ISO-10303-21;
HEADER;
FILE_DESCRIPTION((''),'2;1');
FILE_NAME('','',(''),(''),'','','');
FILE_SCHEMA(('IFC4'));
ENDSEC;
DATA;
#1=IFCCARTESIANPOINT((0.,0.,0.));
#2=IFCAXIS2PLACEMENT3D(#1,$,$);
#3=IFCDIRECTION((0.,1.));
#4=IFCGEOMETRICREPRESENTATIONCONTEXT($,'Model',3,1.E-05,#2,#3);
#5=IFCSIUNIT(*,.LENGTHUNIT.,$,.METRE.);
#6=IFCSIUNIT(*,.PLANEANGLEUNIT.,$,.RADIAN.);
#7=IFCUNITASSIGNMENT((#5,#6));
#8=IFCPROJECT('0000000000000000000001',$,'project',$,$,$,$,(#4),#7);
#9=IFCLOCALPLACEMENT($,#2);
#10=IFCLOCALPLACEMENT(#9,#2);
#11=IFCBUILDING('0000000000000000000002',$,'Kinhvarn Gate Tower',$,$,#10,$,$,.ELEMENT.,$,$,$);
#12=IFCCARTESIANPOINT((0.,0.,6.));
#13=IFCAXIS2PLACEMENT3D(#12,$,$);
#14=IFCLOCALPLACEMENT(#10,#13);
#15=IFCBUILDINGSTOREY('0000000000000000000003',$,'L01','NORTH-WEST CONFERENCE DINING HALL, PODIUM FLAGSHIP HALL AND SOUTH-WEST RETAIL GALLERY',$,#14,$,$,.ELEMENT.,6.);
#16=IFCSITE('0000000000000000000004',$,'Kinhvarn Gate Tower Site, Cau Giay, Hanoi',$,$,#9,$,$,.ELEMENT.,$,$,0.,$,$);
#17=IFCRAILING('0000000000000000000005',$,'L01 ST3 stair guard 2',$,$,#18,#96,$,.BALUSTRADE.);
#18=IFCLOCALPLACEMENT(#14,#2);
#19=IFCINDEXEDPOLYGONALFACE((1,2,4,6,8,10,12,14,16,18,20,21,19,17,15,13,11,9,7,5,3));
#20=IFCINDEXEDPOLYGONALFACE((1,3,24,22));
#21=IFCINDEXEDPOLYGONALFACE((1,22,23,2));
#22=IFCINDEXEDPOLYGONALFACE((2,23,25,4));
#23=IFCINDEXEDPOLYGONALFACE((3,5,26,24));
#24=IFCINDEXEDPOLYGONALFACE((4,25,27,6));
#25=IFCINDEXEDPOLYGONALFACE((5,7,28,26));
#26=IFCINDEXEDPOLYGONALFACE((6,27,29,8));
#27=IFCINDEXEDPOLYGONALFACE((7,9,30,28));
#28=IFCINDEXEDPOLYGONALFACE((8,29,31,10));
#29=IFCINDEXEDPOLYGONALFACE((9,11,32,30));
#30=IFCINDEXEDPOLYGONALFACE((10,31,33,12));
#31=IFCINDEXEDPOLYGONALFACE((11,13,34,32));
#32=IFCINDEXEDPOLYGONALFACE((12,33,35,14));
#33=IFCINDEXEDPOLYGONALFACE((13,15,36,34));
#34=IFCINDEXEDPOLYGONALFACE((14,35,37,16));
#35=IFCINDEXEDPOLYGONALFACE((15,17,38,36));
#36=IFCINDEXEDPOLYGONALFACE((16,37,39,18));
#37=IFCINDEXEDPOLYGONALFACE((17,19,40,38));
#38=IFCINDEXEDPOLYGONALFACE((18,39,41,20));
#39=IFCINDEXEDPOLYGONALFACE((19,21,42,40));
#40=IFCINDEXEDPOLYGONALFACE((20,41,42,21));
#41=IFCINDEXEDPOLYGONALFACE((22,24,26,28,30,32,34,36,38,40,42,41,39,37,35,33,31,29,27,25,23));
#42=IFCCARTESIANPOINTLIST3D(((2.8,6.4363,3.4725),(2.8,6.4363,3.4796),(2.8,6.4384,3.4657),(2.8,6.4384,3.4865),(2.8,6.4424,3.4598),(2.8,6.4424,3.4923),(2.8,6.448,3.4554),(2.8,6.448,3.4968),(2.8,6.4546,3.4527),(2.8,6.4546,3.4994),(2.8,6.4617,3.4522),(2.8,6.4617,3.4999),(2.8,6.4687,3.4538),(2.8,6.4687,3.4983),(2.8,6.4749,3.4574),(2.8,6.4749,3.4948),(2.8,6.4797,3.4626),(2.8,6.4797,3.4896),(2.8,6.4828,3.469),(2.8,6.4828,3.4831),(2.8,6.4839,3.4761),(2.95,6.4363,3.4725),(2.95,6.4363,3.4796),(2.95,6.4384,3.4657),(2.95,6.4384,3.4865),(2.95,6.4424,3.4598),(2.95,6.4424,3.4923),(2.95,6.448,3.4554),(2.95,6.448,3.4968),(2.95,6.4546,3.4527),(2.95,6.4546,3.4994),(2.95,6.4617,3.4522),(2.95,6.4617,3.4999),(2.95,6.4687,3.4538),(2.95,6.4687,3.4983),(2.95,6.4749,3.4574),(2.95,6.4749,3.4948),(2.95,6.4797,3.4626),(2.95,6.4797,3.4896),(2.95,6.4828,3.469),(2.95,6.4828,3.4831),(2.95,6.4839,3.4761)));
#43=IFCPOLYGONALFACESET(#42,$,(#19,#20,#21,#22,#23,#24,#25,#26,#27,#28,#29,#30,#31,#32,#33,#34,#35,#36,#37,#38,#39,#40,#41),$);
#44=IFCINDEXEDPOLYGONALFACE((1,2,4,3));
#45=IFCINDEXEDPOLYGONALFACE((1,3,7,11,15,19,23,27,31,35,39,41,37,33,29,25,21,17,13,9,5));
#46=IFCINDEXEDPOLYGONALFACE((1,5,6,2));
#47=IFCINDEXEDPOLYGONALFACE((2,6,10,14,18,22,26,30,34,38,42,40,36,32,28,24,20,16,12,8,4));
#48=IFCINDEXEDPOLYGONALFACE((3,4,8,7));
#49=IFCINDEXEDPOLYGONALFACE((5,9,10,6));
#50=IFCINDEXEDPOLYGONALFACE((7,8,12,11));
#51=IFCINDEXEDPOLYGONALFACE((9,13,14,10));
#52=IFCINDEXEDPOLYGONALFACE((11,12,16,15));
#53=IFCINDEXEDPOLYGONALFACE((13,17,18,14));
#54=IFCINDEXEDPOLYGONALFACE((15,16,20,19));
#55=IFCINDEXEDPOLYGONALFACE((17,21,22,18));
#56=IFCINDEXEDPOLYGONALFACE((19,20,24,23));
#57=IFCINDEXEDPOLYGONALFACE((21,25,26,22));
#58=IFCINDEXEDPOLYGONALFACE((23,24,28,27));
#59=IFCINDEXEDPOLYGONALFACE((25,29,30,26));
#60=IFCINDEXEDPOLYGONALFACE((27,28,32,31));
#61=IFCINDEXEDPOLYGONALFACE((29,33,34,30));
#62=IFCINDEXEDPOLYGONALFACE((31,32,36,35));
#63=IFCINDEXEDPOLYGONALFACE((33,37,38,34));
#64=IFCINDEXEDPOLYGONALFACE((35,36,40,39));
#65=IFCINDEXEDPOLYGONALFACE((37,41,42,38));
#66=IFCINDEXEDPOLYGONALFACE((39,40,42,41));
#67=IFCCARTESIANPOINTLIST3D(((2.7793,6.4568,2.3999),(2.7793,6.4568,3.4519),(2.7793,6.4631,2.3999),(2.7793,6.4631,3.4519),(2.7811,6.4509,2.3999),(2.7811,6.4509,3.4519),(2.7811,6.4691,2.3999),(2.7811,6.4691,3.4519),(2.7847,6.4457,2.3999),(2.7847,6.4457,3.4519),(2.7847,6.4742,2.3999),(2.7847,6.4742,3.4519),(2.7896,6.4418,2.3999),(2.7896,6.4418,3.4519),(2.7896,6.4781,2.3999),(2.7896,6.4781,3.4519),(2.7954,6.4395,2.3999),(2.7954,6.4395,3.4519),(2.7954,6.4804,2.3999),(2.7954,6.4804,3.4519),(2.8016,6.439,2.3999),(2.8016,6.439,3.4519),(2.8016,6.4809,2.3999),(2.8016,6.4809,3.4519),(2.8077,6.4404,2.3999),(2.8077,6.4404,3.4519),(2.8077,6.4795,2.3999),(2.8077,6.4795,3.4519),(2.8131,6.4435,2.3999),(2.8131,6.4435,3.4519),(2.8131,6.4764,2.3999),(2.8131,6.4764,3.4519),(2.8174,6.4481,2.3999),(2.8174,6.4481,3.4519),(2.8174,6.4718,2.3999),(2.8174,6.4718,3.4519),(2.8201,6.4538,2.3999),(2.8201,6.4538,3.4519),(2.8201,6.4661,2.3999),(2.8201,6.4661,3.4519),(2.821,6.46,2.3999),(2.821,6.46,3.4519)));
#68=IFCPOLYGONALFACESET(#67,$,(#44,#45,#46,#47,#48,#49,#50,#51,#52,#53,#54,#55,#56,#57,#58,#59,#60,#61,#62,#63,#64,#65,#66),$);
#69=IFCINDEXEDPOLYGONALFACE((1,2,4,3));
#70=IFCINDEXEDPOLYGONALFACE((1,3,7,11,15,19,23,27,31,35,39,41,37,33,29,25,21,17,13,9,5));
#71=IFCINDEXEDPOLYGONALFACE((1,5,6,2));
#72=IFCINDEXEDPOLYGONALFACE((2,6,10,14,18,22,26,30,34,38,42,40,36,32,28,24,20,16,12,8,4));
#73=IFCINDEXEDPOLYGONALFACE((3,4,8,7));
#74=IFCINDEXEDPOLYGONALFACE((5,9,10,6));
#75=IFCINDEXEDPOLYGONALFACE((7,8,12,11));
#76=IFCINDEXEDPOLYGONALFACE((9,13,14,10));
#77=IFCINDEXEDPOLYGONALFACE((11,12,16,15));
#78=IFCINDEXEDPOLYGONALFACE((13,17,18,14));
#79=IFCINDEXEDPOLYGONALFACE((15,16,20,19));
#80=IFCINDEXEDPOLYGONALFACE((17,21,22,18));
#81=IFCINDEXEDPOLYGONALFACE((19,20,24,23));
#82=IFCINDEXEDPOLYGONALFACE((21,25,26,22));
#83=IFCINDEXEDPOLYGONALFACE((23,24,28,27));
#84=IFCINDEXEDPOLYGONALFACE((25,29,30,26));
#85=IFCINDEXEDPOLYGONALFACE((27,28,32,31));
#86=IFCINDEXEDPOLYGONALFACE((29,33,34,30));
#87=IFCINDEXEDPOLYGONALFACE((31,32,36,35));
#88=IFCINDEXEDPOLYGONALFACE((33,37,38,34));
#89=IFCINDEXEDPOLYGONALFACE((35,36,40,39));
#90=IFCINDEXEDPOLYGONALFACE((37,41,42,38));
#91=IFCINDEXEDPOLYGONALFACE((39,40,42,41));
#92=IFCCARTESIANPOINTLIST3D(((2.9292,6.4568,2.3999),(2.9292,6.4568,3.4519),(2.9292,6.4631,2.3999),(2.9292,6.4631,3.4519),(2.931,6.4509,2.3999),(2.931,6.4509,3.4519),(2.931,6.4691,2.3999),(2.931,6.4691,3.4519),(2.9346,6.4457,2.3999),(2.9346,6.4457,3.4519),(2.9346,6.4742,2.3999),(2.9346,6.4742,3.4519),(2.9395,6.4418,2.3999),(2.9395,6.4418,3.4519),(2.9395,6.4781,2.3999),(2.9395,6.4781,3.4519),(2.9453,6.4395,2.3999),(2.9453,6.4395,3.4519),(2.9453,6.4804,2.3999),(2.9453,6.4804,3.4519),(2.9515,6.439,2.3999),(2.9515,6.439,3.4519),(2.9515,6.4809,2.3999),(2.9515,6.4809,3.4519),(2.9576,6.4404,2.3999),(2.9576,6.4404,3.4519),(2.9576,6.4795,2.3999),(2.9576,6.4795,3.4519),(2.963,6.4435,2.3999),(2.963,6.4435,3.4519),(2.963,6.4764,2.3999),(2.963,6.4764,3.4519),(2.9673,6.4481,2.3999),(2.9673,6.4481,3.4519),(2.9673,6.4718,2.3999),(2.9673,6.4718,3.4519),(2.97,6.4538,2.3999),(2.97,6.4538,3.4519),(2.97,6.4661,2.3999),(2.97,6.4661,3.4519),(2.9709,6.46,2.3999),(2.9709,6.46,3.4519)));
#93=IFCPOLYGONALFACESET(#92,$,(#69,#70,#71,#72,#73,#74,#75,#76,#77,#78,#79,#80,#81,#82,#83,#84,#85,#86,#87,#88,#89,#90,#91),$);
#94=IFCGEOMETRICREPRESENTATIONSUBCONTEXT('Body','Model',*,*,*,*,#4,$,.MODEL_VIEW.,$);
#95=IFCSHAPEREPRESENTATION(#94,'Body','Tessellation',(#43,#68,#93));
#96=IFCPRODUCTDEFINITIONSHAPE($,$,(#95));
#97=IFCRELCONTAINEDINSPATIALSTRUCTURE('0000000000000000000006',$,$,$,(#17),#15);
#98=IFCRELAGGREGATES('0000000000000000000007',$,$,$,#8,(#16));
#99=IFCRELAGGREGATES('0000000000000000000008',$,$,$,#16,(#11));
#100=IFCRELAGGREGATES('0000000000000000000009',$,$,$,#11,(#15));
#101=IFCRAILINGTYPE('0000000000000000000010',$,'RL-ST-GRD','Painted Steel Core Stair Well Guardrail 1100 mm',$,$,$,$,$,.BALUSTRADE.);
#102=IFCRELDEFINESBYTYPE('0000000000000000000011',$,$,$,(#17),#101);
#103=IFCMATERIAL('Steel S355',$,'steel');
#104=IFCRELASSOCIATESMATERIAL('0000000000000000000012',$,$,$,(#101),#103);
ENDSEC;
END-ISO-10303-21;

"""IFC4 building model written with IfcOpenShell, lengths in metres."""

from ifc_helpers import new_model, si_unit, direction, frame, origin, origin_2d, place, context, subcontext, project, spatial, circle, extrude, material, type_object, element, save


model = new_model("IFC4")

# Units and contexts
model_context = context("Model", 3, precision=1e-05, world=origin(), true_north=direction((0.0, 1.0)))
body_context = subcontext(model_context, "Body", "Model", "MODEL_VIEW")
ifc_project = project(units=[si_unit("LENGTHUNIT", "METRE"), si_unit("PLANEANGLEUNIT", "RADIAN")], contexts=[model_context])

# Site, building, storey
site_placement = place(None, origin())
site = spatial("IfcSite", under=ifc_project, at=site_placement, Name="Kinhvarn Gate Tower Site, Cau Giay, Hanoi", CompositionType="ELEMENT", RefElevation=0.0)
building_placement = place(site_placement, origin())
building = spatial("IfcBuilding", under=site, at=building_placement, Name="Kinhvarn Gate Tower", CompositionType="ELEMENT")
storey_placement = place(building_placement, frame((0.0, 0.0, 6.0)))
storey = spatial("IfcBuildingStorey", under=building, at=storey_placement, Name="L01", Description="NORTH-WEST CONFERENCE DINING HALL, PODIUM FLAGSHIP HALL AND SOUTH-WEST RETAIL GALLERY", CompositionType="ELEMENT", Elevation=6.0)

# Shared definitions
ifc_material_1 = material(Name="Steel S355", Category="steel")

# Railing
railing_type_1 = type_object("IfcRailingType", Name="RL-ST-GRD", Description="Painted Steel Core Stair Well Guardrail 1100 mm", PredefinedType="BALUSTRADE", material=ifc_material_1)
railing_1_placement = place(storey_placement, frame((2.8, 6.46, 2.3999)))
element("IfcRailing", 1, at=railing_1_placement, inside=storey, type_object=railing_type_1, Name="L01 ST3 stair guard 2", PredefinedType="BALUSTRADE", context=body_context, shape_type="SweptSolid", body=[
    extrude(circle(Radius=0.0239, at=origin_2d()), frame((0.0, 0.0, 1.0762), z_axis=(1.0, 0.0, 0.0), x_axis=(0.0, 1.0, 0.0)), (0.0, 0.0, 1.0), 0.1499),
    extrude(circle(Radius=0.021, at=origin_2d()), origin(), (0.0, 0.0, 1.0), 1.052),
    extrude(circle(Radius=0.021, at=origin_2d()), frame((0.1499, 0.0, 0.0)), (0.0, 0.0, 1.0), 1.052),
])

save(model, "model.ifc")
